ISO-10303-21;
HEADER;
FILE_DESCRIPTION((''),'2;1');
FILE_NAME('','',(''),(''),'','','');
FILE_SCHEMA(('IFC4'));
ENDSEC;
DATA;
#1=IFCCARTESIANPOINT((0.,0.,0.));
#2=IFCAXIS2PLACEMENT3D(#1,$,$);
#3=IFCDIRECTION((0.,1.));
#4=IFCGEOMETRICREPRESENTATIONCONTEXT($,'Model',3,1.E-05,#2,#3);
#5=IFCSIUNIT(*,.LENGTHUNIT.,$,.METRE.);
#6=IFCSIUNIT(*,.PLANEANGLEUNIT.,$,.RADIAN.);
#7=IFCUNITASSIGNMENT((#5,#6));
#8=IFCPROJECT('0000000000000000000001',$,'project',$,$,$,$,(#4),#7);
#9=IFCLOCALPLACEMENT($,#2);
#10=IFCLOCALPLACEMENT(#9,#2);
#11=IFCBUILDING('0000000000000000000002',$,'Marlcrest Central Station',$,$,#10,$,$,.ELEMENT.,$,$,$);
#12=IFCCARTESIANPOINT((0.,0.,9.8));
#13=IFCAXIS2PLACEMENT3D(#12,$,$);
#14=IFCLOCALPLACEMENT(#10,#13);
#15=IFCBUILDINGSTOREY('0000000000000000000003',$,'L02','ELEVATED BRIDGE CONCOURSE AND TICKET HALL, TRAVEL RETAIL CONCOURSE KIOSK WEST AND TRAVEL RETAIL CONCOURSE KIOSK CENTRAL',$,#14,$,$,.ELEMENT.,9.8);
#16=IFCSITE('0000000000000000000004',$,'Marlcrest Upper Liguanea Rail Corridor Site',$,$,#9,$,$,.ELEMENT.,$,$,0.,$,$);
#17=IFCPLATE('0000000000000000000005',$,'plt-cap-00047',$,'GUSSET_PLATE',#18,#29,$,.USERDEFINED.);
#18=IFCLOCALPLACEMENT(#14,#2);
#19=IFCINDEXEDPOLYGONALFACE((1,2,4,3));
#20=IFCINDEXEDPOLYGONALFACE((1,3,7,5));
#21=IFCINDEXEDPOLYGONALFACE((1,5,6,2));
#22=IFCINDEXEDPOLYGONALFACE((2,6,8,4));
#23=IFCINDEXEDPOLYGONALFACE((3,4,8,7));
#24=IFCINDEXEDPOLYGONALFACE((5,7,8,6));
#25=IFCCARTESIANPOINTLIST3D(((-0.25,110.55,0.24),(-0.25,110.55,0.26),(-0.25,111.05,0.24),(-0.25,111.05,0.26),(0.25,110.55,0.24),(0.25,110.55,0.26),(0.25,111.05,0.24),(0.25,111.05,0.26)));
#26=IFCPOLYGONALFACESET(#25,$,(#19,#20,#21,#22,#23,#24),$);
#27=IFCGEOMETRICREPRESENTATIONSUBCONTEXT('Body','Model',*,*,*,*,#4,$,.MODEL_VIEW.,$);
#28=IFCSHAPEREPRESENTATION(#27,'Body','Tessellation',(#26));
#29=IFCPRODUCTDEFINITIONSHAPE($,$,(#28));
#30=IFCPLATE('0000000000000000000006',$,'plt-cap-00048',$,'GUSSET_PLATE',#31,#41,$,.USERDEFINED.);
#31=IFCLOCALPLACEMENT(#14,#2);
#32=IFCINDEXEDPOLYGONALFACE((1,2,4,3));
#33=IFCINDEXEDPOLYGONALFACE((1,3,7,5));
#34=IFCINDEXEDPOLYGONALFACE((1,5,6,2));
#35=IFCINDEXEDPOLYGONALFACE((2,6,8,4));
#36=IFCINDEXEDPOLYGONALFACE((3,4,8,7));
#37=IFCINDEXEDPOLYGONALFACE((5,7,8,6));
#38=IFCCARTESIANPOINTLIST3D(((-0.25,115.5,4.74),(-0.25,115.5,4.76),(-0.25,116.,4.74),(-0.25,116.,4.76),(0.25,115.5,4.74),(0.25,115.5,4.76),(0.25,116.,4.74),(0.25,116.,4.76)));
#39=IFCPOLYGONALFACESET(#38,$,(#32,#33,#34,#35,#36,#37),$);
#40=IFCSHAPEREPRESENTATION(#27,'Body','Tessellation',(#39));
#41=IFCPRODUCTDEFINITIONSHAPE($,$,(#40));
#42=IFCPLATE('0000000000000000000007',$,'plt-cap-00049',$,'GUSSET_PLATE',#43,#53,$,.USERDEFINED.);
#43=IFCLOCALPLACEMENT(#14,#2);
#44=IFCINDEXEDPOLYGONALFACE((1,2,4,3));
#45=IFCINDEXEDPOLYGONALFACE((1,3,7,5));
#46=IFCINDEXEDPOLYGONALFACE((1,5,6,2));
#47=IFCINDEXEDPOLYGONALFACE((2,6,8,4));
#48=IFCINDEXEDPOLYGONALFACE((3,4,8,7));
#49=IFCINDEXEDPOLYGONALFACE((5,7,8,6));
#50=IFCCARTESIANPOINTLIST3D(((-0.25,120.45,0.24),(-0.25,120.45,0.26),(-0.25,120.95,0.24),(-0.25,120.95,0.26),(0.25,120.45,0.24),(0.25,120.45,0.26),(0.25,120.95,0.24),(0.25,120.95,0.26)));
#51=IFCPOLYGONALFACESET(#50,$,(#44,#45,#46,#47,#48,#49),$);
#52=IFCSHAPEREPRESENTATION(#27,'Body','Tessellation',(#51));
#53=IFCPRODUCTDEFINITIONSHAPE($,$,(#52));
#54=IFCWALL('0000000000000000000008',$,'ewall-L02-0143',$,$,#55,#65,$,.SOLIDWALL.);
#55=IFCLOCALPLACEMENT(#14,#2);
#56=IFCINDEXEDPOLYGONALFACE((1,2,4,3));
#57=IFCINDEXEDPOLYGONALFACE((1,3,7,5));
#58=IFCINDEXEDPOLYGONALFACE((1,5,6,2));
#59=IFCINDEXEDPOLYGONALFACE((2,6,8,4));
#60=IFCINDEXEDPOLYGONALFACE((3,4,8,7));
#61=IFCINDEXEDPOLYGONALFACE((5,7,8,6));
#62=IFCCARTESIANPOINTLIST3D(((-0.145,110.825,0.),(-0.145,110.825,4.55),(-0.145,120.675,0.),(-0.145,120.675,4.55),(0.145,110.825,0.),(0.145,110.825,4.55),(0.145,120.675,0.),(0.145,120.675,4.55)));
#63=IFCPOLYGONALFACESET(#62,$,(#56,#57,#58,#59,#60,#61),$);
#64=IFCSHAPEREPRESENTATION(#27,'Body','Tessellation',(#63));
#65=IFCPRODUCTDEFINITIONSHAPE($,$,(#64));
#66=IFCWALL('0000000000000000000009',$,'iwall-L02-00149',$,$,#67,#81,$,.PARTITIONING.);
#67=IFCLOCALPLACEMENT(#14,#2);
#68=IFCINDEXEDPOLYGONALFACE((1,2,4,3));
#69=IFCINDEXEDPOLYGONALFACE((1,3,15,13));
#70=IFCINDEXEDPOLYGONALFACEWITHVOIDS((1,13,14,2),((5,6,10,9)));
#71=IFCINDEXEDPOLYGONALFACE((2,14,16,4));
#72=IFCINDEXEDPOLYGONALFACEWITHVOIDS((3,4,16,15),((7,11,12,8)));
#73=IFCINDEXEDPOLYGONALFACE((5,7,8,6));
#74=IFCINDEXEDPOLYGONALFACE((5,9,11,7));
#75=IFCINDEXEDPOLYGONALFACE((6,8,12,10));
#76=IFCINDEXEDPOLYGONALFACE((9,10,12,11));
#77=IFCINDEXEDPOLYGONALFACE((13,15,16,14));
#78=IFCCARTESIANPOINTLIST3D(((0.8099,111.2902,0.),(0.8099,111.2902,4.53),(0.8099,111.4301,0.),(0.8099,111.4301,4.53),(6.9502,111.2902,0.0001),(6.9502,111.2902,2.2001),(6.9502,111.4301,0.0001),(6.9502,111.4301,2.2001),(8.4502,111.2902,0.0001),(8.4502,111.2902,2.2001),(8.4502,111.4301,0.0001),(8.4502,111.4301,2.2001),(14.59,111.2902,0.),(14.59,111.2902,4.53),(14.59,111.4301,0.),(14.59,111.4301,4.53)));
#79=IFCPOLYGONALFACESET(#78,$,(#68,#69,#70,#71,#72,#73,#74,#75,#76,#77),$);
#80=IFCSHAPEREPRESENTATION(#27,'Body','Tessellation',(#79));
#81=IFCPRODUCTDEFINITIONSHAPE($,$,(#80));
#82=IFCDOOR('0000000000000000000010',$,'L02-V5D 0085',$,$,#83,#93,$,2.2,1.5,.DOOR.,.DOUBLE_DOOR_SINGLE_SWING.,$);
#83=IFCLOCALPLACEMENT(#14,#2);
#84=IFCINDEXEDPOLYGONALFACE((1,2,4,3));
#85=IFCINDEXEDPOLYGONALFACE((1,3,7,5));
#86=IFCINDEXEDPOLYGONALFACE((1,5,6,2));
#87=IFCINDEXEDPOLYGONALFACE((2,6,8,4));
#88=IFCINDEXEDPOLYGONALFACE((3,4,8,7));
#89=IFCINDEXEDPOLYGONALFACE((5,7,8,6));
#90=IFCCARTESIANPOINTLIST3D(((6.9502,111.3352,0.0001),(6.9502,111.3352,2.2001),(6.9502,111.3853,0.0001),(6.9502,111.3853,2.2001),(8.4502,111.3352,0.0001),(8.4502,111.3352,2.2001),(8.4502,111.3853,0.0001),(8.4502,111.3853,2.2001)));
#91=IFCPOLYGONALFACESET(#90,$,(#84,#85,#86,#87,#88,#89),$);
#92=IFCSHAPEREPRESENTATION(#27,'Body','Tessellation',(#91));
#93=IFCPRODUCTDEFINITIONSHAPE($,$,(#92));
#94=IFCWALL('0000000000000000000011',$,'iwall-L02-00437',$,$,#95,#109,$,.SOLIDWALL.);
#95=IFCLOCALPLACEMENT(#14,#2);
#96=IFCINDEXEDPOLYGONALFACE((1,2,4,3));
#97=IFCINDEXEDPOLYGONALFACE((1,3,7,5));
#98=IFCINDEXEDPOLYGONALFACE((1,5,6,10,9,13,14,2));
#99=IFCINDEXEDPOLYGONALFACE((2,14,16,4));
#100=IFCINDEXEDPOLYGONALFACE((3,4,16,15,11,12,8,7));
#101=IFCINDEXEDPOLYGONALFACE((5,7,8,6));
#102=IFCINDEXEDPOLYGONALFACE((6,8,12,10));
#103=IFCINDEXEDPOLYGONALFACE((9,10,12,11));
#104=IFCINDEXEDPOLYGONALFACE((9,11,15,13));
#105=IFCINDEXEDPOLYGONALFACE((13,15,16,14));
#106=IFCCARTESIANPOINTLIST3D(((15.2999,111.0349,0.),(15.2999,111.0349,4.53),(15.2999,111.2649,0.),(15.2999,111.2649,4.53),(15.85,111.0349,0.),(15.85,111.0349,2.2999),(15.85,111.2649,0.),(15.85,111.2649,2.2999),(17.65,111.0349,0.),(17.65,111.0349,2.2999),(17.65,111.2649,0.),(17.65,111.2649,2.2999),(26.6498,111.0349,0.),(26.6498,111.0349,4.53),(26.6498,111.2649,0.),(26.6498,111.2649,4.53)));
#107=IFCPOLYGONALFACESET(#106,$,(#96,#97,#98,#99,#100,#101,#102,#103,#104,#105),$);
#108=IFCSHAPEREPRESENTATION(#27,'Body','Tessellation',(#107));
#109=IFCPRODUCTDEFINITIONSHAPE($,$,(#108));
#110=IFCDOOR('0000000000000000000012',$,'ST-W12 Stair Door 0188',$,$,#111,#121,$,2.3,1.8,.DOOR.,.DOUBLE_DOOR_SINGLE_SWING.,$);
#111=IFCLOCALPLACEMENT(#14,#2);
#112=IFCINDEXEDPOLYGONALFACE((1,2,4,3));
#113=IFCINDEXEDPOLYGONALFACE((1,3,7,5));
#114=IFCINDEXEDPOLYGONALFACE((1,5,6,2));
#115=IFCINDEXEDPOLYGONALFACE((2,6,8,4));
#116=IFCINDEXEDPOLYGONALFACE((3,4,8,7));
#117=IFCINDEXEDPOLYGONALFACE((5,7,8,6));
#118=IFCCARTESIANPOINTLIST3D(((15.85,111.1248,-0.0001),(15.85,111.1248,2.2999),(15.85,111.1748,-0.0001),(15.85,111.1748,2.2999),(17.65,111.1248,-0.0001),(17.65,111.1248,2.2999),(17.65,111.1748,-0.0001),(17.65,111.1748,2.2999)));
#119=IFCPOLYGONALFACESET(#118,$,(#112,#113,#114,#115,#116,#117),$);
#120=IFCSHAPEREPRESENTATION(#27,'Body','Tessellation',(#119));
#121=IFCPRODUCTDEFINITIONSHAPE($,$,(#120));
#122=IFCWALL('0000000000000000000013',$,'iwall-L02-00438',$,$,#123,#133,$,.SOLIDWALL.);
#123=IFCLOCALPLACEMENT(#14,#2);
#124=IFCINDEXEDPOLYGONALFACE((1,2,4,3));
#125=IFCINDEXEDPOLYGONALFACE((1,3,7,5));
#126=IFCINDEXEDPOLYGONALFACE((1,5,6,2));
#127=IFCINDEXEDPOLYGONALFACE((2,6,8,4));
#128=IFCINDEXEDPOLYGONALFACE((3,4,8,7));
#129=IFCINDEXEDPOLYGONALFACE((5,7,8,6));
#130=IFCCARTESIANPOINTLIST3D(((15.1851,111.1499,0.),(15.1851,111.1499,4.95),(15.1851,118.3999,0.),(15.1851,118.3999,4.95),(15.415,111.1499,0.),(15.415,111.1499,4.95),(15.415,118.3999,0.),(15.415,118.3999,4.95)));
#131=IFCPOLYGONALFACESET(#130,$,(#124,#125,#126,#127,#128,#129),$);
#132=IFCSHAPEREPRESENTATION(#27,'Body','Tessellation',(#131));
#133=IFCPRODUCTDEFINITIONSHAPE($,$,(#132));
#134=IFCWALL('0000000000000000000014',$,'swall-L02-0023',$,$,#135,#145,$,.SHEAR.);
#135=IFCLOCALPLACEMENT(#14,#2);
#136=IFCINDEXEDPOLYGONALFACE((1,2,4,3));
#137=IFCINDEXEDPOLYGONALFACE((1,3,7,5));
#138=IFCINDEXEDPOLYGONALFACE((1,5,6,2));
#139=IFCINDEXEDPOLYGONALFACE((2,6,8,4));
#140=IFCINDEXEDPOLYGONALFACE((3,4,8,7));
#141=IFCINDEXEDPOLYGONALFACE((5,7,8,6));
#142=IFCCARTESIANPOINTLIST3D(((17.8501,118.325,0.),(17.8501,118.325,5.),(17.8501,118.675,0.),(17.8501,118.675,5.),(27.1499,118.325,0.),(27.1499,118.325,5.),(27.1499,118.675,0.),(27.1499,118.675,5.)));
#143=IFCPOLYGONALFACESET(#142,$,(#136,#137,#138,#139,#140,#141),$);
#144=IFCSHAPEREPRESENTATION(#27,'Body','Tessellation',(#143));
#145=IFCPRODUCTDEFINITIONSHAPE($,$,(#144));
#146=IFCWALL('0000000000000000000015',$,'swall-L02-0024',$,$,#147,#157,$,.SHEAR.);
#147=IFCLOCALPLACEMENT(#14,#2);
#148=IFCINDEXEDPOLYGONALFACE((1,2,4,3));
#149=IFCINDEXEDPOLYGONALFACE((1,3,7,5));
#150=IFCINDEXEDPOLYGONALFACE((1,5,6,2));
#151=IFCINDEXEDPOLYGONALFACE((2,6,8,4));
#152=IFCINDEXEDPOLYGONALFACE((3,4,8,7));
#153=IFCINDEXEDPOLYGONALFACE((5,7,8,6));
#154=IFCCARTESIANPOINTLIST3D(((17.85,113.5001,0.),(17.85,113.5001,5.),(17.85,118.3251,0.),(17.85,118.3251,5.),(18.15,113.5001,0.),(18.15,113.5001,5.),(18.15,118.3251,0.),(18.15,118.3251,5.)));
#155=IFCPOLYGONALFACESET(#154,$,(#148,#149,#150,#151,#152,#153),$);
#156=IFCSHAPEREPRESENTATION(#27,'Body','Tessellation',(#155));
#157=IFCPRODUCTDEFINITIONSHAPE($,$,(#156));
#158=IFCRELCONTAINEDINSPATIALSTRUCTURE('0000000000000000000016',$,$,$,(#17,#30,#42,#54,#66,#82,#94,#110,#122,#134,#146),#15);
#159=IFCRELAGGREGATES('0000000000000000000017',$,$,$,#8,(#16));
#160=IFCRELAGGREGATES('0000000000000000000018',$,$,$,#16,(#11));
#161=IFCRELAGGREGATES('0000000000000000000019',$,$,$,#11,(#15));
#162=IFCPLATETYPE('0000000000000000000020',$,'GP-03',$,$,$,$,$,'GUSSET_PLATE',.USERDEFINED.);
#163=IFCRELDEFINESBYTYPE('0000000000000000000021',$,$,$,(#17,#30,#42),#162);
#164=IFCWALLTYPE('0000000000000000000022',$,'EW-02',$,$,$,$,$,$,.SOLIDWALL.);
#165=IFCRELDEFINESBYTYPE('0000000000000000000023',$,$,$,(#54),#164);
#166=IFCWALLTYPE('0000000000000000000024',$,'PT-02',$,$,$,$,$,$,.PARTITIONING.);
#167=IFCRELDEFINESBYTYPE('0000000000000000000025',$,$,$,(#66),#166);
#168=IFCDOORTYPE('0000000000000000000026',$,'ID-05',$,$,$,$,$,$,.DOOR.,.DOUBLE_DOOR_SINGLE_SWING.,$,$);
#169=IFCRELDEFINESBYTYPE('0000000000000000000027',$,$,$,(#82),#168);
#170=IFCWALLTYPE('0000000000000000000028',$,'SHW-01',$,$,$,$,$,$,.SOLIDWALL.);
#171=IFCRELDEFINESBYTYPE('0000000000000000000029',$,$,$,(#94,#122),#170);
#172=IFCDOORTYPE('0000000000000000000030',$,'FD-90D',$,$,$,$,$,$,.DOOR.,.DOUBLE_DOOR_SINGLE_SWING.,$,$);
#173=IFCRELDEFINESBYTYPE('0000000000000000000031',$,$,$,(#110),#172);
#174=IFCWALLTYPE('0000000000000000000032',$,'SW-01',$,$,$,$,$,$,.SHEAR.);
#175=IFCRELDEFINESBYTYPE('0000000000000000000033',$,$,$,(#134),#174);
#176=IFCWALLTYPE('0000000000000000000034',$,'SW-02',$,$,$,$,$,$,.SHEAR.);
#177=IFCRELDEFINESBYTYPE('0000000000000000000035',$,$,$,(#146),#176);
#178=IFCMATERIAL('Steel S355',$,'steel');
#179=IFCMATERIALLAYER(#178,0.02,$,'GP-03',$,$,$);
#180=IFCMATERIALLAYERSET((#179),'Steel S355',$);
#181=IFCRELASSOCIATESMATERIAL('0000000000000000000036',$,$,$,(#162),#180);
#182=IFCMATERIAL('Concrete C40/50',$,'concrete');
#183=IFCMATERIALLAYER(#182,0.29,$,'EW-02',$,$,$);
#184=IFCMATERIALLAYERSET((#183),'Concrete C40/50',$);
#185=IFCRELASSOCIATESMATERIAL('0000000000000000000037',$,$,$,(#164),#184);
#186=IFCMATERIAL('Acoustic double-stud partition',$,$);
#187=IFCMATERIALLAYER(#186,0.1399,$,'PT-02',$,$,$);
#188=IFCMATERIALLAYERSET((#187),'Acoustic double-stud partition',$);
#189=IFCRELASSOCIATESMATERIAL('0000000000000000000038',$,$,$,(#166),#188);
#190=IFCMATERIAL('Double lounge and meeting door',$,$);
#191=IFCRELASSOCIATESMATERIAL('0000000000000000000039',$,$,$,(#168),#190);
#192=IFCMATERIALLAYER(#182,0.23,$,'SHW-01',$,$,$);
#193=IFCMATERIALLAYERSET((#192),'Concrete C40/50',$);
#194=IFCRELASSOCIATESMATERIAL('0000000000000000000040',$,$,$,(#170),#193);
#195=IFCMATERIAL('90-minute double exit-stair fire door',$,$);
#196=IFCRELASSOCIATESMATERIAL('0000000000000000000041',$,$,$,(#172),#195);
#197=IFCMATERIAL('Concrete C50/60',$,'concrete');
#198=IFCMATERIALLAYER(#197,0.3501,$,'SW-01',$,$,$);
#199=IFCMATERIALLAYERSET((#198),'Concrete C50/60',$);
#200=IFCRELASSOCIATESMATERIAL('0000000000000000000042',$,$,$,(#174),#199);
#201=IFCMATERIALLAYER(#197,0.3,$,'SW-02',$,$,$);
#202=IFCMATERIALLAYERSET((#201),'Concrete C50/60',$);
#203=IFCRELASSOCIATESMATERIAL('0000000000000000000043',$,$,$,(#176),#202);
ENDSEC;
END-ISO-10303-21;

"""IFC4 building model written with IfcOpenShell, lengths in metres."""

from ifc_helpers import new_model, si_unit, direction, frame, frame_2d, origin, origin_2d, place, context, subcontext, project, spatial, rectangle, extrude, material, layer, layer_set, type_object, element, fill, save


model = new_model("IFC4")

# Units and contexts
model_context = context("Model", 3, precision=1e-05, world=origin(), true_north=direction((0.0, 1.0)))
body_context = subcontext(model_context, "Body", "Model", "MODEL_VIEW")
ifc_project = project(units=[si_unit("LENGTHUNIT", "METRE"), si_unit("PLANEANGLEUNIT", "RADIAN")], contexts=[model_context])

# Site, building, storey
site_placement = place(None, origin())
site = spatial("IfcSite", under=ifc_project, at=site_placement, Name="Marlcrest Upper Liguanea Rail Corridor Site", CompositionType="ELEMENT", RefElevation=0.0)
building_placement = place(site_placement, origin())
building = spatial("IfcBuilding", under=site, at=building_placement, Name="Marlcrest Central Station", CompositionType="ELEMENT")
storey_placement = place(building_placement, frame((0.0, 0.0, 9.8)))
storey = spatial("IfcBuildingStorey", under=building, at=storey_placement, Name="L02", Description="ELEVATED BRIDGE CONCOURSE AND TICKET HALL, TRAVEL RETAIL CONCOURSE KIOSK WEST AND TRAVEL RETAIL CONCOURSE KIOSK CENTRAL", CompositionType="ELEMENT", Elevation=9.8)

# Shared definitions
ifc_material_1 = material(Name="Steel S355", Category="steel")

# Plates
ifc_layer_1 = layer(ifc_material_1, 0.02, Name="GP-03")
ifc_layer_set_1 = layer_set([ifc_layer_1], Name="Steel S355")
plate_type = type_object("IfcPlateType", Name="GP-03", ElementType="GUSSET_PLATE", PredefinedType="USERDEFINED", material=ifc_layer_set_1)
for number, where, z_axis, x_axis, name in (
    (1, (0.0, 110.8, 0.24), (0.0, 0.0, 1.0), (1.0, 0.0, 0.0), "plt-cap-00047"),
    (2, (0.0, 115.75, 4.74), (0.0, 0.0, 1.0), (1.0, 0.0, 0.0), "plt-cap-00048"),
    (3, (0.0, 120.7, 0.24), (0.0, 0.0, 1.0), (1.0, 0.0, 0.0), "plt-cap-00049"),
):
    element("IfcPlate", number, at=place(storey_placement, frame(where, z_axis=z_axis, x_axis=x_axis)), inside=storey, type_object=plate_type, Name=name, ObjectType="GUSSET_PLATE", PredefinedType="USERDEFINED", context=body_context, shape_type="SweptSolid", body=[
        extrude(rectangle(XDim=0.5, YDim=0.5, at=origin_2d()), origin(), (0.0, 0.0, 1.0), 0.02),
    ])

# Wall
ifc_material_2 = material(Name="Concrete C40/50", Category="concrete")
ifc_layer_2 = layer(ifc_material_2, 0.29, Name="EW-02")
ifc_layer_set_2 = layer_set([ifc_layer_2], Name="Concrete C40/50")
wall_type_1 = type_object("IfcWallType", Name="EW-02", PredefinedType="SOLIDWALL", material=ifc_layer_set_2)
wall_1_placement = place(storey_placement, frame((0.0, 110.825, 0.0), z_axis=(0.0, 0.0, 1.0), x_axis=(0.0, 1.0, 0.0)))
element("IfcWall", 4, at=wall_1_placement, inside=storey, type_object=wall_type_1, Name="ewall-L02-0143", PredefinedType="SOLIDWALL", context=body_context, shape_type="SweptSolid", body=[
    extrude(rectangle(XDim=9.8501, YDim=0.29, at=frame_2d((4.925, 0.0))), origin(), (0.0, 0.0, 1.0), 4.55),
])

# Walls, openings, doors
ifc_material_3 = material(Name="Acoustic double-stud partition")
ifc_layer_3 = layer(ifc_material_3, 0.1399, Name="PT-02")
ifc_layer_set_3 = layer_set([ifc_layer_3], Name="Acoustic double-stud partition")
wall_type_2 = type_object("IfcWallType", Name="PT-02", PredefinedType="PARTITIONING", material=ifc_layer_set_3)
wall_2_placement = place(storey_placement, frame((14.5901, 111.3601, 0.0), z_axis=(0.0, 0.0, 1.0), x_axis=(-1.0, 0.0, 0.0)))
wall_2 = element("IfcWall", 5, at=wall_2_placement, inside=storey, type_object=wall_type_2, Name="iwall-L02-00149", PredefinedType="PARTITIONING", context=body_context, shape_type="SweptSolid", body=[
    extrude(rectangle(XDim=13.78, YDim=0.1399, at=frame_2d((6.8901, 0.0))), origin(), (0.0, 0.0, 1.0), 4.53),
])
opening_1_placement = place(wall_2_placement, frame((6.1399, 0.0, 0.0)))
opening_1 = element("IfcOpeningElement", 6, at=opening_1_placement, cuts=wall_2, PredefinedType="OPENING", context=body_context, shape_type="SweptSolid", body=[
    extrude(rectangle(XDim=1.5, YDim=2.2, at=frame_2d((0.75, 1.1001))), frame((0.0, 0.0798, 0.0), z_axis=(0.0, -1.0, 0.0), x_axis=(1.0, 0.0, 0.0)), (0.0, 0.0, 1.0), 0.1599),
])
ifc_material_4 = material(Name="Double lounge and meeting door")
door_type_1 = type_object("IfcDoorType", Name="ID-05", OperationType="DOUBLE_DOOR_SINGLE_SWING", PredefinedType="DOOR", material=ifc_material_4)
door_1_placement = place(opening_1_placement, origin())
door_1 = element("IfcDoor", 7, at=door_1_placement, inside=storey, type_object=door_type_1, Name="L02-V5D 0085", OperationType="DOUBLE_DOOR_SINGLE_SWING", OverallHeight=2.2, OverallWidth=1.5, PredefinedType="DOOR", context=body_context, shape_type="SweptSolid", body=[
    extrude(rectangle(XDim=1.5, YDim=2.2, at=frame_2d((0.75, 1.1001))), frame((0.0, 0.0249, 0.0), z_axis=(0.0, -1.0, 0.0), x_axis=(1.0, 0.0, 0.0)), (0.0, 0.0, 1.0), 0.05),
])
fill(opening_1, door_1)
ifc_layer_4 = layer(ifc_material_2, 0.23, Name="SHW-01")
ifc_layer_set_4 = layer_set([ifc_layer_4], Name="Concrete C40/50")
wall_type_3 = type_object("IfcWallType", Name="SHW-01", PredefinedType="SOLIDWALL", material=ifc_layer_set_4)
wall_3_placement = place(storey_placement, frame((15.3, 111.1499, 0.0), z_axis=(0.0, 0.0, 1.0), x_axis=(1.0, 0.0, 0.0)))
wall_3 = element("IfcWall", 8, at=wall_3_placement, inside=storey, type_object=wall_type_3, Name="iwall-L02-00437", PredefinedType="SOLIDWALL", context=body_context, shape_type="SweptSolid", body=[
    extrude(rectangle(XDim=11.3499, YDim=0.23, at=frame_2d((5.6748, 0.0))), origin(), (0.0, 0.0, 1.0), 4.53),
])
opening_2_placement = place(wall_3_placement, frame((0.55, 0.0, 0.0)))
opening_2 = element("IfcOpeningElement", 9, at=opening_2_placement, cuts=wall_3, PredefinedType="OPENING", context=body_context, shape_type="SweptSolid", body=[
    extrude(rectangle(XDim=1.8, YDim=2.3, at=frame_2d((0.8999, 1.1499))), frame((0.0, 0.125, 0.0), z_axis=(0.0, -1.0, 0.0), x_axis=(1.0, 0.0, 0.0)), (0.0, 0.0, 1.0), 0.25),
])
ifc_material_5 = material(Name="90-minute double exit-stair fire door")
door_type_2 = type_object("IfcDoorType", Name="FD-90D", OperationType="DOUBLE_DOOR_SINGLE_SWING", PredefinedType="DOOR", material=ifc_material_5)
door_2_placement = place(opening_2_placement, origin())
door_2 = element("IfcDoor", 10, at=door_2_placement, inside=storey, type_object=door_type_2, Name="ST-W12 Stair Door 0188", OperationType="DOUBLE_DOOR_SINGLE_SWING", OverallHeight=2.3, OverallWidth=1.8, PredefinedType="DOOR", context=body_context, shape_type="SweptSolid", body=[
    extrude(rectangle(XDim=1.8, YDim=2.3, at=frame_2d((0.8999, 1.1499))), frame((0.0, 0.0249, 0.0), z_axis=(0.0, -1.0, 0.0), x_axis=(1.0, 0.0, 0.0)), (0.0, 0.0, 1.0), 0.05),
])
fill(opening_2, door_2)

# Walls
wall_4_placement = place(storey_placement, frame((15.3, 111.1499, 0.0), z_axis=(0.0, 0.0, 1.0), x_axis=(0.0, 1.0, 0.0)))
element("IfcWall", 11, at=wall_4_placement, inside=storey, type_object=wall_type_3, Name="iwall-L02-00438", PredefinedType="SOLIDWALL", context=body_context, shape_type="SweptSolid", body=[
    extrude(rectangle(XDim=7.25, YDim=0.23, at=frame_2d((3.625, 0.0))), origin(), (0.0, 0.0, 1.0), 4.95),
])
ifc_material_6 = material(Name="Concrete C50/60", Category="concrete")
ifc_layer_5 = layer(ifc_material_6, 0.3501, Name="SW-01")
ifc_layer_set_5 = layer_set([ifc_layer_5], Name="Concrete C50/60")
wall_type_4 = type_object("IfcWallType", Name="SW-01", PredefinedType="SHEAR", material=ifc_layer_set_5)
wall_5_placement = place(storey_placement, frame((17.8501, 118.5, 0.0), z_axis=(0.0, 0.0, 1.0), x_axis=(1.0, 0.0, 0.0)))
element("IfcWall", 12, at=wall_5_placement, inside=storey, type_object=wall_type_4, Name="swall-L02-0023", PredefinedType="SHEAR", context=body_context, shape_type="SweptSolid", body=[
    extrude(rectangle(XDim=9.2998, YDim=0.3501, at=frame_2d((4.6499, 0.0))), origin(), (0.0, 0.0, 1.0), 5.0),
])
ifc_layer_6 = layer(ifc_material_6, 0.3, Name="SW-02")
ifc_layer_set_6 = layer_set([ifc_layer_6], Name="Concrete C50/60")
wall_type_5 = type_object("IfcWallType", Name="SW-02", PredefinedType="SHEAR", material=ifc_layer_set_6)
wall_6_placement = place(storey_placement, frame((18.0, 113.5, 0.0), z_axis=(0.0, 0.0, 1.0), x_axis=(0.0, 1.0, 0.0)))
element("IfcWall", 13, at=wall_6_placement, inside=storey, type_object=wall_type_5, Name="swall-L02-0024", PredefinedType="SHEAR", context=body_context, shape_type="SweptSolid", body=[
    extrude(rectangle(XDim=4.825, YDim=0.3, at=frame_2d((2.4126, 0.0))), origin(), (0.0, 0.0, 1.0), 5.0),
])

save(model, "model.ifc")
